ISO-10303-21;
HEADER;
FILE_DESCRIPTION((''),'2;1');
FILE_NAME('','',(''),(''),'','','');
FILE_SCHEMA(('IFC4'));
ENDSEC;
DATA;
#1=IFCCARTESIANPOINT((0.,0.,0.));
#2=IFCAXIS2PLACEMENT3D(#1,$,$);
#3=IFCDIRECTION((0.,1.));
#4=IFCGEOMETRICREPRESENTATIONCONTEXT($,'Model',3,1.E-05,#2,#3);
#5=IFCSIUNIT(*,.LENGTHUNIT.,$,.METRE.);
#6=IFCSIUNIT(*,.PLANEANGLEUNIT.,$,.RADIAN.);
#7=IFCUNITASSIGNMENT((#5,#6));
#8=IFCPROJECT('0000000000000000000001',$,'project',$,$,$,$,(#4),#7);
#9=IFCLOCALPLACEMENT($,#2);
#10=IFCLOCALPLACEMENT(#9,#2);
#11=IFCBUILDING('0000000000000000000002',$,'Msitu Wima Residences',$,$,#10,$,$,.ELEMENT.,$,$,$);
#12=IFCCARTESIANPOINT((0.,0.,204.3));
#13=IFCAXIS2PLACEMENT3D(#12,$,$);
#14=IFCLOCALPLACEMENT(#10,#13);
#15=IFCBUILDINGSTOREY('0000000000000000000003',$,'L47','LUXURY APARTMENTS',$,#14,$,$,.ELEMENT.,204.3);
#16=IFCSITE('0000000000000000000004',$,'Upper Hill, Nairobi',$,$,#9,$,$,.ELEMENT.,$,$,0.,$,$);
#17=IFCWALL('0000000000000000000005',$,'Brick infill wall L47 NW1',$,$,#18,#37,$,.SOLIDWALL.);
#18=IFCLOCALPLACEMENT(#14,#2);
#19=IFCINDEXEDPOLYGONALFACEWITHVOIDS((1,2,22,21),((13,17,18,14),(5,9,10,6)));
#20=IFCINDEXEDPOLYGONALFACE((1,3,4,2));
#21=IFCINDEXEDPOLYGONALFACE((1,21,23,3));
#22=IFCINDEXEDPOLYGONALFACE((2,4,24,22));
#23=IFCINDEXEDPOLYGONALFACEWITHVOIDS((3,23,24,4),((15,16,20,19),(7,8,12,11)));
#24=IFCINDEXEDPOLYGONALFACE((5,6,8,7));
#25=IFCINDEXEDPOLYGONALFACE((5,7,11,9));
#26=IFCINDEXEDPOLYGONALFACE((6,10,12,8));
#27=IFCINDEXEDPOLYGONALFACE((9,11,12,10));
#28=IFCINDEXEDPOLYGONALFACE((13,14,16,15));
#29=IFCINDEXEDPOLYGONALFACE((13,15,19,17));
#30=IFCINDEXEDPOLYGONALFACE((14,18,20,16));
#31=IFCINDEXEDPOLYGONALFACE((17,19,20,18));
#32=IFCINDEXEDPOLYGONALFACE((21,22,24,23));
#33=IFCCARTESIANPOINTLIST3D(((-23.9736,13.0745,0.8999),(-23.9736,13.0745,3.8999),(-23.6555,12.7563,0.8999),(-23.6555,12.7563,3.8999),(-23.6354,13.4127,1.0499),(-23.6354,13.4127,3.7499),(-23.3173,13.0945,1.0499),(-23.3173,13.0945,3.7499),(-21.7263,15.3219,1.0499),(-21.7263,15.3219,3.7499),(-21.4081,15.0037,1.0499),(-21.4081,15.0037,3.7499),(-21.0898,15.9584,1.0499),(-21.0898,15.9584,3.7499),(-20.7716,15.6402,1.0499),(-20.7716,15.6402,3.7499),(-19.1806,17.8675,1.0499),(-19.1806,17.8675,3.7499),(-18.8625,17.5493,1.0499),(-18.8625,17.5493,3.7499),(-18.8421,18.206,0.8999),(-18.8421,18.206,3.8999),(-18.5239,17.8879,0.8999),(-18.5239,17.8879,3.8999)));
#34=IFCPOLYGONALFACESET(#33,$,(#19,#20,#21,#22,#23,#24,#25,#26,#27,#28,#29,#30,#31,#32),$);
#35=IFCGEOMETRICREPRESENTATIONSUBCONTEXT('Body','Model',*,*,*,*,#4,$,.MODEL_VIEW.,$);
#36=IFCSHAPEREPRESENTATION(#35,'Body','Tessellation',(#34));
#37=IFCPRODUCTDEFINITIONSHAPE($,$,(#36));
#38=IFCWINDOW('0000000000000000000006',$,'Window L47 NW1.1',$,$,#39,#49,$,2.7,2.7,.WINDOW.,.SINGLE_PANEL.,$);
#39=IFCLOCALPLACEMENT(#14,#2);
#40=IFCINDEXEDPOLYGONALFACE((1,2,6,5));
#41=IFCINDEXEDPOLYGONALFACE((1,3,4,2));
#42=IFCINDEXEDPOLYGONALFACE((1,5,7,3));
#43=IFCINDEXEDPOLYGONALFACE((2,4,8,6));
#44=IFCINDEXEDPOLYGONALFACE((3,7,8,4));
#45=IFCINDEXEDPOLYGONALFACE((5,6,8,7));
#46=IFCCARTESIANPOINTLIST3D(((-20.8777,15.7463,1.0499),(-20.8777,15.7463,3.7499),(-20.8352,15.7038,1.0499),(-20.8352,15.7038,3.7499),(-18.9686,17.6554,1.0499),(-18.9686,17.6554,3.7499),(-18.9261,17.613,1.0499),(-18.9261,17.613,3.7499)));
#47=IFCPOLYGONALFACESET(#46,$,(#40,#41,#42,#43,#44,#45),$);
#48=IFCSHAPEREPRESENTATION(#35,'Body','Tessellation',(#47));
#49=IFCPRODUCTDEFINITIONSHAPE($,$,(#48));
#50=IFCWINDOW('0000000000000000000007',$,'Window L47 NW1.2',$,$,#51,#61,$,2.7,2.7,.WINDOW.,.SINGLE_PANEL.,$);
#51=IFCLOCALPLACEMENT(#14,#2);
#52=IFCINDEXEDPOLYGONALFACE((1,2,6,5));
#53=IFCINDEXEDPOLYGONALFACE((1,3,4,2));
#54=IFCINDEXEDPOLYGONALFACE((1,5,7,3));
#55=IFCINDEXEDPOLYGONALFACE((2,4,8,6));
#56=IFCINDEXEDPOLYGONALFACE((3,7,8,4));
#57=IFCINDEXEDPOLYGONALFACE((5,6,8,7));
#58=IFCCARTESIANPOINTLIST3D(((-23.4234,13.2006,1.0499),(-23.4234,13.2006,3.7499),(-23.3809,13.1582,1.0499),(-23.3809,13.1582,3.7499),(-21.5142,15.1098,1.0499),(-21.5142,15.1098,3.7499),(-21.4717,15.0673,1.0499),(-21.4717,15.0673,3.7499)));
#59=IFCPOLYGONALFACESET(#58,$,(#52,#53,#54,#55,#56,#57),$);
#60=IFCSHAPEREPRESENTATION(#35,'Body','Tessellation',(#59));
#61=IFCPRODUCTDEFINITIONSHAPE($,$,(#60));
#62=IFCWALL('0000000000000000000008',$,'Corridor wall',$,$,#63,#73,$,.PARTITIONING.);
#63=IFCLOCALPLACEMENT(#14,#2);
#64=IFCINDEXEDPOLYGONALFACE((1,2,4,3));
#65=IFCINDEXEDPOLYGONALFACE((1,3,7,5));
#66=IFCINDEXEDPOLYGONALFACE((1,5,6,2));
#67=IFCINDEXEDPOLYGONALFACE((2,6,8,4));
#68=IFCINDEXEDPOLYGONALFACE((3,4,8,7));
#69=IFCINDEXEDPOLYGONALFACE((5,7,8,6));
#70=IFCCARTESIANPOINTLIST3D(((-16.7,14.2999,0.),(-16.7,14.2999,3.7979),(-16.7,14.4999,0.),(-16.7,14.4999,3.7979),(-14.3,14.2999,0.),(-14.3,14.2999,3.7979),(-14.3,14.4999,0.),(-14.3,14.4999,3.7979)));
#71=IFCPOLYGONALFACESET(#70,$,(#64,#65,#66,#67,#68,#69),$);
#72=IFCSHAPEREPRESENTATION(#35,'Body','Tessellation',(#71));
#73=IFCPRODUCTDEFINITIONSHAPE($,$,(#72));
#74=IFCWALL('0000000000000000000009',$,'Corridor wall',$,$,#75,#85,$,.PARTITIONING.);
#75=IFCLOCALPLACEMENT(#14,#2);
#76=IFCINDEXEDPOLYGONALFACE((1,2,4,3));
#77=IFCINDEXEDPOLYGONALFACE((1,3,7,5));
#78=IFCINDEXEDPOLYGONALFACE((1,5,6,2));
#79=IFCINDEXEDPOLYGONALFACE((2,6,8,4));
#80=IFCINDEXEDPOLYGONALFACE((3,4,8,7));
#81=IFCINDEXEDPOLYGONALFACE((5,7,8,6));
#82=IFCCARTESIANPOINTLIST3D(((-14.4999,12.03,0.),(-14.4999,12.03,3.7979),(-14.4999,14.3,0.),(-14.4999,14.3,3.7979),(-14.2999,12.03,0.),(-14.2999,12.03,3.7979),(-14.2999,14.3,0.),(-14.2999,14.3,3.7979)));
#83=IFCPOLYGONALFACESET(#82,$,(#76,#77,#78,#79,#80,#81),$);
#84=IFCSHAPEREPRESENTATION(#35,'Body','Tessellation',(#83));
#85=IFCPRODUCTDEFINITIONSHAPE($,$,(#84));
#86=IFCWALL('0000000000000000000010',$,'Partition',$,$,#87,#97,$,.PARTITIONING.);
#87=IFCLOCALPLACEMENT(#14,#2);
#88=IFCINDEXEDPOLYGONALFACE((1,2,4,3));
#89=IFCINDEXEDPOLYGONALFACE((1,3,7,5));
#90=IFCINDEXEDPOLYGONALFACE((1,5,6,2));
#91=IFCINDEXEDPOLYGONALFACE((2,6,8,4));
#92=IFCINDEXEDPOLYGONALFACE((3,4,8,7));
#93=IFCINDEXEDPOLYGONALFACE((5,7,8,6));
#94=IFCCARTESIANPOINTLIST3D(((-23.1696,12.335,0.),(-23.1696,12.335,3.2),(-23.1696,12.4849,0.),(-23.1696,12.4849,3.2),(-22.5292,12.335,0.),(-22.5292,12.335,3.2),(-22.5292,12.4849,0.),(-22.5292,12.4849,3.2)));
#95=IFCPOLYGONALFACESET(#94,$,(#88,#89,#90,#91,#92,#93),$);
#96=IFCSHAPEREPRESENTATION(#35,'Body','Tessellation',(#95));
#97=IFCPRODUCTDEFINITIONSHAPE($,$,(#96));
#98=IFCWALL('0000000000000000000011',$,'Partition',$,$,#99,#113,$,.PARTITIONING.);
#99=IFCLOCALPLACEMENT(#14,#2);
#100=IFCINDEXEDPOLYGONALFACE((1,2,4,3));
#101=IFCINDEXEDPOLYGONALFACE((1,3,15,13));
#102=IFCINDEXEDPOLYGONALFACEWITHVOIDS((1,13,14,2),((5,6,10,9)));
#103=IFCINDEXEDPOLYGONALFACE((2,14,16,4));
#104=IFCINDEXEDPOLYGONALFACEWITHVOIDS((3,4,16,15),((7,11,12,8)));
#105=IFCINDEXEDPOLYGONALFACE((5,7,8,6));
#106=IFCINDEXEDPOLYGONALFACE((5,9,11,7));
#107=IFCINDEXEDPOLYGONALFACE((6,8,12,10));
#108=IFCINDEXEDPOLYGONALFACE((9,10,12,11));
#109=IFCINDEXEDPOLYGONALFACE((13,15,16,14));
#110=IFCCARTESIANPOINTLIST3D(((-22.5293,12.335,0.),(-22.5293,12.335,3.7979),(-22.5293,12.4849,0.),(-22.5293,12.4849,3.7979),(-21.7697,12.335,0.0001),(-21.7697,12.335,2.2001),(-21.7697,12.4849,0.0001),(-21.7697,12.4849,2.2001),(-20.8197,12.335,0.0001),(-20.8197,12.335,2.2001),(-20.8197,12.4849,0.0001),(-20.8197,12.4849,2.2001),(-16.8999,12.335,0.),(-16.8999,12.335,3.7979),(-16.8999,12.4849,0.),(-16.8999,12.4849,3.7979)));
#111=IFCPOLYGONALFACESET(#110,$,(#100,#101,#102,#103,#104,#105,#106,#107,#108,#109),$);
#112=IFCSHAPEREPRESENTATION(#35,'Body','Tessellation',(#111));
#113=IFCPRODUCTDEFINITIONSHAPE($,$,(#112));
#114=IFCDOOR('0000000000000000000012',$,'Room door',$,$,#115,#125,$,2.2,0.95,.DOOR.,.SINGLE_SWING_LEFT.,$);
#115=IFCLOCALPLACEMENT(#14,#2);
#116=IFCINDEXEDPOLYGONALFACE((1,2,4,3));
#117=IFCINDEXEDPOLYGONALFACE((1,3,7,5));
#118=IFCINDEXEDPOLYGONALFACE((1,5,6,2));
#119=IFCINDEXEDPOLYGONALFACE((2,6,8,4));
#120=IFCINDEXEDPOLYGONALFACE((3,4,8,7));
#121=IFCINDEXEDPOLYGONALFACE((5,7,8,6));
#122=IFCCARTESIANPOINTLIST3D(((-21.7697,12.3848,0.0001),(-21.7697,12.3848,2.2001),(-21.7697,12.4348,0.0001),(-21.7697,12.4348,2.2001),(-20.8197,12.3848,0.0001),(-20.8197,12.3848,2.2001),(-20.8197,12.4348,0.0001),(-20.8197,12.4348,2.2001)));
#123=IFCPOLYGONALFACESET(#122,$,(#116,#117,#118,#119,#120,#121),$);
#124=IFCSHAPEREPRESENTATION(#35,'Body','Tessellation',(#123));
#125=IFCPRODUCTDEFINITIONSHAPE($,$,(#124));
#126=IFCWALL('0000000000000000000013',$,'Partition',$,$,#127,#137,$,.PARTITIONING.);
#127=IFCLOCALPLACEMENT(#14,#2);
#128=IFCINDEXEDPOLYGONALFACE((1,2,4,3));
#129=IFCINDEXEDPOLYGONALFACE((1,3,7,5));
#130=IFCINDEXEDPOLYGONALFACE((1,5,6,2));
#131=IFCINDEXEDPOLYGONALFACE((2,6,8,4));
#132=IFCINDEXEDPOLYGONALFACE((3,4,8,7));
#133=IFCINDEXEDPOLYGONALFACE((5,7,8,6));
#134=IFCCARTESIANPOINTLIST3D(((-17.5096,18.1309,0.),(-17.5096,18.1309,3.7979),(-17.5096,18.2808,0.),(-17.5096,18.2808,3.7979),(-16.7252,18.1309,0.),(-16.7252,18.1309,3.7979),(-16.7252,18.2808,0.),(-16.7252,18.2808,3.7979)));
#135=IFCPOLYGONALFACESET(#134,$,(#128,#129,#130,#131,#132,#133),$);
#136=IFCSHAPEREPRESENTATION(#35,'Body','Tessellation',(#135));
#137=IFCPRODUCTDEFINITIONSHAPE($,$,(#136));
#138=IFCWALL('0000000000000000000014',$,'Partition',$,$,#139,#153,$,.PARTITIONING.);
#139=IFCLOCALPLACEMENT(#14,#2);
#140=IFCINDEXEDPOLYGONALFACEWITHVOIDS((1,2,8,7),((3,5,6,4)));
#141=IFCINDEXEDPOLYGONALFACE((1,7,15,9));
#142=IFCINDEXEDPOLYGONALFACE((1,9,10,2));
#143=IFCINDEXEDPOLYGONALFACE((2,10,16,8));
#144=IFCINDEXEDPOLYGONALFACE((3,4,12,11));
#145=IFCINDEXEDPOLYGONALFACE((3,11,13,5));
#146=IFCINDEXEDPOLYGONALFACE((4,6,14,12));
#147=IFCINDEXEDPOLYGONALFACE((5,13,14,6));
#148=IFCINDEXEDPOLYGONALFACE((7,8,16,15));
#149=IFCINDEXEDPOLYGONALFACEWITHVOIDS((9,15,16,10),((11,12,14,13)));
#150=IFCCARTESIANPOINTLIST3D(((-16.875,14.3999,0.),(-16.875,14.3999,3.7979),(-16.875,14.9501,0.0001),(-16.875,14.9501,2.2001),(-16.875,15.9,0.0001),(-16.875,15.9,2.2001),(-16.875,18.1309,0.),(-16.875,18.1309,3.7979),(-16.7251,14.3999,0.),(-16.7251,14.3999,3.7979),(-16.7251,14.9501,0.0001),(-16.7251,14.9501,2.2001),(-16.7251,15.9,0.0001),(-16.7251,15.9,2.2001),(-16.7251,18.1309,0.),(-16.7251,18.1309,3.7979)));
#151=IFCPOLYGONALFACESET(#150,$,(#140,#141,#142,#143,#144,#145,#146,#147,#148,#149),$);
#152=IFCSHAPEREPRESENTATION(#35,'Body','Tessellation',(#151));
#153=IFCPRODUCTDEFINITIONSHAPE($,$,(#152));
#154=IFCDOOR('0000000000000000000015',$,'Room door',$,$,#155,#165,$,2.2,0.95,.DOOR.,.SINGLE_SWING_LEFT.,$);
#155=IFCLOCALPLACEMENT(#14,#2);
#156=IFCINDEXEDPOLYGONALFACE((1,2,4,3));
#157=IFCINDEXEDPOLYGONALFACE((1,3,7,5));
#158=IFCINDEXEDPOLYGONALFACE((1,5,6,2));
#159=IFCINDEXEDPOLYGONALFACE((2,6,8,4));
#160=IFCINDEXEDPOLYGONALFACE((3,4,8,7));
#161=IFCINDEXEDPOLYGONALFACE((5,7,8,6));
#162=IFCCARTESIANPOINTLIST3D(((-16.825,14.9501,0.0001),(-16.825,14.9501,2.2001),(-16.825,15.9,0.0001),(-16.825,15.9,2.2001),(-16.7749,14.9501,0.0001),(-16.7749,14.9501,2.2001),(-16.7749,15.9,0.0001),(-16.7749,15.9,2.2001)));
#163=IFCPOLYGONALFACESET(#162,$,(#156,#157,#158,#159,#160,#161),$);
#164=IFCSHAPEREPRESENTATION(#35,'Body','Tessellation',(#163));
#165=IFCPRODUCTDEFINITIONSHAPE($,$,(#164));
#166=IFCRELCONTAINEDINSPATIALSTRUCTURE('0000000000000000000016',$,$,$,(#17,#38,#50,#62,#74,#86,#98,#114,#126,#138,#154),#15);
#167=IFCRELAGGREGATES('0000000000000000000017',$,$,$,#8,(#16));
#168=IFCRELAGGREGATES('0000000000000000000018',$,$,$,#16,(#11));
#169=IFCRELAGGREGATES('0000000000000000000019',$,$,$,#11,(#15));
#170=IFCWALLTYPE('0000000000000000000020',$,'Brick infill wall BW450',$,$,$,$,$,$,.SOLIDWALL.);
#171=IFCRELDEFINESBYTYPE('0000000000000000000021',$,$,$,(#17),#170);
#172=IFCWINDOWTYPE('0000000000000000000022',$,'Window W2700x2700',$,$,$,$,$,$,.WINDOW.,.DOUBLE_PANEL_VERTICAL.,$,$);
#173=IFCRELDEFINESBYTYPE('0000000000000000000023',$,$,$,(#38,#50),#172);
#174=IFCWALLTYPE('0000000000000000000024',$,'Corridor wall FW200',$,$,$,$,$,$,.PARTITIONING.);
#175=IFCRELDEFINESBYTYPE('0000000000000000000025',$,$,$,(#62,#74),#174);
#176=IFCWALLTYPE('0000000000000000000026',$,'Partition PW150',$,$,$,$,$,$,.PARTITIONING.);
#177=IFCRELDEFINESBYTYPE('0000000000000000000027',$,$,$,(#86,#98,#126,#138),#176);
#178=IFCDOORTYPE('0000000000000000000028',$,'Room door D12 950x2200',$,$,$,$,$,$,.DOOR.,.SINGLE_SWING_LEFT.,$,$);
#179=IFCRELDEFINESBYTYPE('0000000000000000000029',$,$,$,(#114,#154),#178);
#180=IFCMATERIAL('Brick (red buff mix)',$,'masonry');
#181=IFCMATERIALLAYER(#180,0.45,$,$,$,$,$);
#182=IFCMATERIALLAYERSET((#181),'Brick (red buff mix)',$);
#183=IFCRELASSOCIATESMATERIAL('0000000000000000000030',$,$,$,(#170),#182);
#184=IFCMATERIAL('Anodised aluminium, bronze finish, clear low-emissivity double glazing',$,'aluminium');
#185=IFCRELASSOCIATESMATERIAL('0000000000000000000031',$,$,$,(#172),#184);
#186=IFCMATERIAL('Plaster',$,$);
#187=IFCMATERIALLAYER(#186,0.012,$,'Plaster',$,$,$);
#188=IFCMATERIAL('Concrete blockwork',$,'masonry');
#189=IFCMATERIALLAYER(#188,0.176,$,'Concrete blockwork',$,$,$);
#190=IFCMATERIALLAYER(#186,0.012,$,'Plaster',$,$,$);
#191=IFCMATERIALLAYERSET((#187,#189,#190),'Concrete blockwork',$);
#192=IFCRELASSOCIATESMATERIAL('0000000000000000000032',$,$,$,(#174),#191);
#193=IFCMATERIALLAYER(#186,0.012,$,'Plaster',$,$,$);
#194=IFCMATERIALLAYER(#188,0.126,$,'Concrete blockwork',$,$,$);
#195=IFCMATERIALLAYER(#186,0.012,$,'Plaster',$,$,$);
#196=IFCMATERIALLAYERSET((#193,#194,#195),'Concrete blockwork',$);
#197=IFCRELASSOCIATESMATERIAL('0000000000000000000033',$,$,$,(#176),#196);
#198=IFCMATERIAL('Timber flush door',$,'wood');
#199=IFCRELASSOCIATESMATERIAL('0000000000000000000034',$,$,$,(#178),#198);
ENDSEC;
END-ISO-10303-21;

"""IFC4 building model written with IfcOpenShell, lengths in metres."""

from ifc_helpers import new_model, si_unit, direction, frame, frame_2d, origin, place, context, subcontext, project, spatial, rectangle, extrude, material, layer, layer_set, type_object, element, fill, save


model = new_model("IFC4")

# Units and contexts
model_context = context("Model", 3, precision=1e-05, world=origin(), true_north=direction((0.0, 1.0)))
body_context = subcontext(model_context, "Body", "Model", "MODEL_VIEW")
ifc_project = project(units=[si_unit("LENGTHUNIT", "METRE"), si_unit("PLANEANGLEUNIT", "RADIAN")], contexts=[model_context])

# Site, building, storey
site_placement = place(None, origin())
site = spatial("IfcSite", under=ifc_project, at=site_placement, Name="Upper Hill, Nairobi", CompositionType="ELEMENT", RefElevation=0.0)
building_placement = place(site_placement, origin())
building = spatial("IfcBuilding", under=site, at=building_placement, Name="Msitu Wima Residences", CompositionType="ELEMENT")
storey_placement = place(building_placement, frame((0.0, 0.0, 204.3)))
storey = spatial("IfcBuildingStorey", under=building, at=storey_placement, Name="L47", Description="LUXURY APARTMENTS", CompositionType="ELEMENT", Elevation=204.3)

# Wall, openings, windows
ifc_material_1 = material(Name="Brick (red buff mix)", Category="masonry")
ifc_layer_1 = layer(ifc_material_1, 0.45)
ifc_layer_set_1 = layer_set([ifc_layer_1], Name="Brick (red buff mix)")
wall_type_1 = type_object("IfcWallType", Name="Brick infill wall BW450", PredefinedType="SOLIDWALL", material=ifc_layer_set_1)
wall_1_placement = place(storey_placement, frame((-18.6831, 18.0469, 0.8999), z_axis=(0.0, 0.0, 1.0), x_axis=(-0.707107, -0.707107, 0.0)))
wall_1 = element("IfcWall", 1, at=wall_1_placement, inside=storey, type_object=wall_type_1, Name="Brick infill wall L47 NW1", PredefinedType="SOLIDWALL", context=body_context, shape_type="SweptSolid", body=[
    extrude(rectangle(XDim=7.2571, YDim=0.45, at=frame_2d((3.6284, 0.0))), origin(), (0.0, 0.0, 1.0), 3.0),
])
opening_1_placement = place(wall_1_placement, frame((0.4785, 0.0, 0.1499)))
opening_1 = element("IfcOpeningElement", 2, at=opening_1_placement, cuts=wall_1, PredefinedType="OPENING", context=body_context, shape_type="SweptSolid", body=[
    extrude(rectangle(XDim=2.7, YDim=2.7, at=frame_2d((1.3501, 1.3501))), frame((0.0, 0.2349, 0.0), z_axis=(0.0, -1.0, 0.0), x_axis=(1.0, 0.0, 0.0)), (0.0, 0.0, 1.0), 0.47),
])
opening_2_placement = place(wall_1_placement, frame((4.0786, 0.0, 0.1499)))
opening_2 = element("IfcOpeningElement", 3, at=opening_2_placement, cuts=wall_1, PredefinedType="OPENING", context=body_context, shape_type="SweptSolid", body=[
    extrude(rectangle(XDim=2.7, YDim=2.7, at=frame_2d((1.3501, 1.3501))), frame((0.0, 0.2349, 0.0), z_axis=(0.0, -1.0, 0.0), x_axis=(1.0, 0.0, 0.0)), (0.0, 0.0, 1.0), 0.47),
])
ifc_material_2 = material(Name="Anodised aluminium, bronze finish, clear low-emissivity double glazing", Category="aluminium")
window_type = type_object("IfcWindowType", Name="Window W2700x2700", PartitioningType="DOUBLE_PANEL_VERTICAL", PredefinedType="WINDOW", material=ifc_material_2)
window_1_placement = place(opening_1_placement, origin())
window_1 = element("IfcWindow", 4, at=window_1_placement, inside=storey, type_object=window_type, Name="Window L47 NW1.1", OverallHeight=2.7, OverallWidth=2.7, PartitioningType="SINGLE_PANEL", PredefinedType="WINDOW", context=body_context, shape_type="SweptSolid", body=[
    extrude(rectangle(XDim=2.7, YDim=2.7, at=frame_2d((1.3501, 1.3501))), frame((0.0, 0.135, 0.0), z_axis=(0.0, -1.0, 0.0), x_axis=(1.0, 0.0, 0.0)), (0.0, 0.0, 1.0), 0.0601),
])
fill(opening_1, window_1)
window_2_placement = place(opening_2_placement, origin())
window_2 = element("IfcWindow", 5, at=window_2_placement, inside=storey, type_object=window_type, Name="Window L47 NW1.2", OverallHeight=2.7, OverallWidth=2.7, PartitioningType="SINGLE_PANEL", PredefinedType="WINDOW", context=body_context, shape_type="SweptSolid", body=[
    extrude(rectangle(XDim=2.7, YDim=2.7, at=frame_2d((1.3501, 1.3501))), frame((0.0, 0.135, 0.0), z_axis=(0.0, -1.0, 0.0), x_axis=(1.0, 0.0, 0.0)), (0.0, 0.0, 1.0), 0.0601),
])
fill(opening_2, window_2)

# Walls
ifc_material_3 = material(Name="Plaster")
ifc_layer_2 = layer(ifc_material_3, 0.012, Name="Plaster")
ifc_material_4 = material(Name="Concrete blockwork", Category="masonry")
ifc_layer_3 = layer(ifc_material_4, 0.176, Name="Concrete blockwork")
ifc_layer_4 = layer(ifc_material_3, 0.012, Name="Plaster")
ifc_layer_set_2 = layer_set([ifc_layer_2, ifc_layer_3, ifc_layer_4], Name="Concrete blockwork")
wall_type_2 = type_object("IfcWallType", Name="Corridor wall FW200", PredefinedType="PARTITIONING", material=ifc_layer_set_2)
wall_2_placement = place(storey_placement, frame((-16.7, 14.3999, 0.0), z_axis=(0.0, 0.0, 1.0), x_axis=(1.0, 0.0, 0.0)))
element("IfcWall", 6, at=wall_2_placement, inside=storey, type_object=wall_type_2, Name="Corridor wall", PredefinedType="PARTITIONING", context=body_context, shape_type="SweptSolid", body=[
    extrude(rectangle(XDim=2.3999, YDim=0.2, at=frame_2d((1.2, 0.0))), origin(), (0.0, 0.0, 1.0), 3.7979),
])
wall_3_placement = place(storey_placement, frame((-14.3999, 12.03, 0.0), z_axis=(0.0, 0.0, 1.0), x_axis=(0.0, 1.0, 0.0)))
element("IfcWall", 7, at=wall_3_placement, inside=storey, type_object=wall_type_2, Name="Corridor wall", PredefinedType="PARTITIONING", context=body_context, shape_type="SweptSolid", body=[
    extrude(rectangle(XDim=2.27, YDim=0.2, at=frame_2d((1.135, 0.0))), origin(), (0.0, 0.0, 1.0), 3.7979),
])
ifc_layer_5 = layer(ifc_material_3, 0.012, Name="Plaster")
ifc_layer_6 = layer(ifc_material_4, 0.126, Name="Concrete blockwork")
ifc_layer_7 = layer(ifc_material_3, 0.012, Name="Plaster")
ifc_layer_set_3 = layer_set([ifc_layer_5, ifc_layer_6, ifc_layer_7], Name="Concrete blockwork")
wall_type_3 = type_object("IfcWallType", Name="Partition PW150", PredefinedType="PARTITIONING", material=ifc_layer_set_3)
wall_4_placement = place(storey_placement, frame((-23.1697, 12.4099, 0.0), z_axis=(0.0, 0.0, 1.0), x_axis=(1.0, 0.0, 0.0)))
element("IfcWall", 8, at=wall_4_placement, inside=storey, type_object=wall_type_3, Name="Partition", PredefinedType="PARTITIONING", context=body_context, shape_type="SweptSolid", body=[
    extrude(rectangle(XDim=0.6404, YDim=0.1499, at=frame_2d((0.3203, 0.0))), origin(), (0.0, 0.0, 1.0), 3.2),
])

# Wall, opening, door
wall_5_placement = place(storey_placement, frame((-22.5293, 12.4099, 0.0), z_axis=(0.0, 0.0, 1.0), x_axis=(1.0, 0.0, 0.0)))
wall_5 = element("IfcWall", 9, at=wall_5_placement, inside=storey, type_object=wall_type_3, Name="Partition", PredefinedType="PARTITIONING", context=body_context, shape_type="SweptSolid", body=[
    extrude(rectangle(XDim=5.6294, YDim=0.1499, at=frame_2d((2.8147, 0.0))), origin(), (0.0, 0.0, 1.0), 3.7979),
])
opening_3_placement = place(wall_5_placement, frame((0.7595, 0.0, 0.0)))
opening_3 = element("IfcOpeningElement", 10, at=opening_3_placement, cuts=wall_5, PredefinedType="OPENING", context=body_context, shape_type="SweptSolid", body=[
    extrude(rectangle(XDim=0.95, YDim=2.2, at=frame_2d((0.4751, 1.1001))), frame((0.0, 0.085, 0.0), z_axis=(0.0, -1.0, 0.0), x_axis=(1.0, 0.0, 0.0)), (0.0, 0.0, 1.0), 0.1699),
])
ifc_material_5 = material(Name="Timber flush door", Category="wood")
door_type_1 = type_object("IfcDoorType", Name="Room door D12 950x2200", OperationType="SINGLE_SWING_LEFT", PredefinedType="DOOR", material=ifc_material_5)
door_1_placement = place(opening_3_placement, origin())
door_1 = element("IfcDoor", 11, at=door_1_placement, inside=storey, type_object=door_type_1, Name="Room door", OperationType="SINGLE_SWING_LEFT", OverallHeight=2.2, OverallWidth=0.95, PredefinedType="DOOR", context=body_context, shape_type="SweptSolid", body=[
    extrude(rectangle(XDim=0.95, YDim=2.2, at=frame_2d((0.4751, 1.1001))), frame((0.0, 0.0249, 0.0), z_axis=(0.0, -1.0, 0.0), x_axis=(1.0, 0.0, 0.0)), (0.0, 0.0, 1.0), 0.05),
])
fill(opening_3, door_1)

# Wall
wall_6_placement = place(storey_placement, frame((-17.5095, 18.2058, 0.0), z_axis=(0.0, 0.0, 1.0), x_axis=(1.0, 0.0, 0.0)))
element("IfcWall", 12, at=wall_6_placement, inside=storey, type_object=wall_type_3, Name="Partition", PredefinedType="PARTITIONING", context=body_context, shape_type="SweptSolid", body=[
    extrude(rectangle(XDim=0.7844, YDim=0.1499, at=frame_2d((0.3921, 0.0))), origin(), (0.0, 0.0, 1.0), 3.7979),
])

# Wall, opening, door
wall_7_placement = place(storey_placement, frame((-16.8, 14.3999, 0.0), z_axis=(0.0, 0.0, 1.0), x_axis=(0.0, 1.0, 0.0)))
wall_7 = element("IfcWall", 13, at=wall_7_placement, inside=storey, type_object=wall_type_3, Name="Partition", PredefinedType="PARTITIONING", context=body_context, shape_type="SweptSolid", body=[
    extrude(rectangle(XDim=3.731, YDim=0.1499, at=frame_2d((1.8655, 0.0))), origin(), (0.0, 0.0, 1.0), 3.7979),
])
opening_4_placement = place(wall_7_placement, frame((0.55, 0.0, 0.0)))
opening_4 = element("IfcOpeningElement", 14, at=opening_4_placement, cuts=wall_7, PredefinedType="OPENING", context=body_context, shape_type="SweptSolid", body=[
    extrude(rectangle(XDim=0.95, YDim=2.2, at=frame_2d((0.4751, 1.1001))), frame((0.0, 0.085, 0.0), z_axis=(0.0, -1.0, 0.0), x_axis=(1.0, 0.0, 0.0)), (0.0, 0.0, 1.0), 0.1699),
])
door_2_placement = place(opening_4_placement, origin())
door_2 = element("IfcDoor", 15, at=door_2_placement, inside=storey, type_object=door_type_1, Name="Room door", OperationType="SINGLE_SWING_LEFT", OverallHeight=2.2, OverallWidth=0.95, PredefinedType="DOOR", context=body_context, shape_type="SweptSolid", body=[
    extrude(rectangle(XDim=0.95, YDim=2.2, at=frame_2d((0.4751, 1.1001))), frame((0.0, 0.0249, 0.0), z_axis=(0.0, -1.0, 0.0), x_axis=(1.0, 0.0, 0.0)), (0.0, 0.0, 1.0), 0.05),
])
fill(opening_4, door_2)

save(model, "model.ifc")
